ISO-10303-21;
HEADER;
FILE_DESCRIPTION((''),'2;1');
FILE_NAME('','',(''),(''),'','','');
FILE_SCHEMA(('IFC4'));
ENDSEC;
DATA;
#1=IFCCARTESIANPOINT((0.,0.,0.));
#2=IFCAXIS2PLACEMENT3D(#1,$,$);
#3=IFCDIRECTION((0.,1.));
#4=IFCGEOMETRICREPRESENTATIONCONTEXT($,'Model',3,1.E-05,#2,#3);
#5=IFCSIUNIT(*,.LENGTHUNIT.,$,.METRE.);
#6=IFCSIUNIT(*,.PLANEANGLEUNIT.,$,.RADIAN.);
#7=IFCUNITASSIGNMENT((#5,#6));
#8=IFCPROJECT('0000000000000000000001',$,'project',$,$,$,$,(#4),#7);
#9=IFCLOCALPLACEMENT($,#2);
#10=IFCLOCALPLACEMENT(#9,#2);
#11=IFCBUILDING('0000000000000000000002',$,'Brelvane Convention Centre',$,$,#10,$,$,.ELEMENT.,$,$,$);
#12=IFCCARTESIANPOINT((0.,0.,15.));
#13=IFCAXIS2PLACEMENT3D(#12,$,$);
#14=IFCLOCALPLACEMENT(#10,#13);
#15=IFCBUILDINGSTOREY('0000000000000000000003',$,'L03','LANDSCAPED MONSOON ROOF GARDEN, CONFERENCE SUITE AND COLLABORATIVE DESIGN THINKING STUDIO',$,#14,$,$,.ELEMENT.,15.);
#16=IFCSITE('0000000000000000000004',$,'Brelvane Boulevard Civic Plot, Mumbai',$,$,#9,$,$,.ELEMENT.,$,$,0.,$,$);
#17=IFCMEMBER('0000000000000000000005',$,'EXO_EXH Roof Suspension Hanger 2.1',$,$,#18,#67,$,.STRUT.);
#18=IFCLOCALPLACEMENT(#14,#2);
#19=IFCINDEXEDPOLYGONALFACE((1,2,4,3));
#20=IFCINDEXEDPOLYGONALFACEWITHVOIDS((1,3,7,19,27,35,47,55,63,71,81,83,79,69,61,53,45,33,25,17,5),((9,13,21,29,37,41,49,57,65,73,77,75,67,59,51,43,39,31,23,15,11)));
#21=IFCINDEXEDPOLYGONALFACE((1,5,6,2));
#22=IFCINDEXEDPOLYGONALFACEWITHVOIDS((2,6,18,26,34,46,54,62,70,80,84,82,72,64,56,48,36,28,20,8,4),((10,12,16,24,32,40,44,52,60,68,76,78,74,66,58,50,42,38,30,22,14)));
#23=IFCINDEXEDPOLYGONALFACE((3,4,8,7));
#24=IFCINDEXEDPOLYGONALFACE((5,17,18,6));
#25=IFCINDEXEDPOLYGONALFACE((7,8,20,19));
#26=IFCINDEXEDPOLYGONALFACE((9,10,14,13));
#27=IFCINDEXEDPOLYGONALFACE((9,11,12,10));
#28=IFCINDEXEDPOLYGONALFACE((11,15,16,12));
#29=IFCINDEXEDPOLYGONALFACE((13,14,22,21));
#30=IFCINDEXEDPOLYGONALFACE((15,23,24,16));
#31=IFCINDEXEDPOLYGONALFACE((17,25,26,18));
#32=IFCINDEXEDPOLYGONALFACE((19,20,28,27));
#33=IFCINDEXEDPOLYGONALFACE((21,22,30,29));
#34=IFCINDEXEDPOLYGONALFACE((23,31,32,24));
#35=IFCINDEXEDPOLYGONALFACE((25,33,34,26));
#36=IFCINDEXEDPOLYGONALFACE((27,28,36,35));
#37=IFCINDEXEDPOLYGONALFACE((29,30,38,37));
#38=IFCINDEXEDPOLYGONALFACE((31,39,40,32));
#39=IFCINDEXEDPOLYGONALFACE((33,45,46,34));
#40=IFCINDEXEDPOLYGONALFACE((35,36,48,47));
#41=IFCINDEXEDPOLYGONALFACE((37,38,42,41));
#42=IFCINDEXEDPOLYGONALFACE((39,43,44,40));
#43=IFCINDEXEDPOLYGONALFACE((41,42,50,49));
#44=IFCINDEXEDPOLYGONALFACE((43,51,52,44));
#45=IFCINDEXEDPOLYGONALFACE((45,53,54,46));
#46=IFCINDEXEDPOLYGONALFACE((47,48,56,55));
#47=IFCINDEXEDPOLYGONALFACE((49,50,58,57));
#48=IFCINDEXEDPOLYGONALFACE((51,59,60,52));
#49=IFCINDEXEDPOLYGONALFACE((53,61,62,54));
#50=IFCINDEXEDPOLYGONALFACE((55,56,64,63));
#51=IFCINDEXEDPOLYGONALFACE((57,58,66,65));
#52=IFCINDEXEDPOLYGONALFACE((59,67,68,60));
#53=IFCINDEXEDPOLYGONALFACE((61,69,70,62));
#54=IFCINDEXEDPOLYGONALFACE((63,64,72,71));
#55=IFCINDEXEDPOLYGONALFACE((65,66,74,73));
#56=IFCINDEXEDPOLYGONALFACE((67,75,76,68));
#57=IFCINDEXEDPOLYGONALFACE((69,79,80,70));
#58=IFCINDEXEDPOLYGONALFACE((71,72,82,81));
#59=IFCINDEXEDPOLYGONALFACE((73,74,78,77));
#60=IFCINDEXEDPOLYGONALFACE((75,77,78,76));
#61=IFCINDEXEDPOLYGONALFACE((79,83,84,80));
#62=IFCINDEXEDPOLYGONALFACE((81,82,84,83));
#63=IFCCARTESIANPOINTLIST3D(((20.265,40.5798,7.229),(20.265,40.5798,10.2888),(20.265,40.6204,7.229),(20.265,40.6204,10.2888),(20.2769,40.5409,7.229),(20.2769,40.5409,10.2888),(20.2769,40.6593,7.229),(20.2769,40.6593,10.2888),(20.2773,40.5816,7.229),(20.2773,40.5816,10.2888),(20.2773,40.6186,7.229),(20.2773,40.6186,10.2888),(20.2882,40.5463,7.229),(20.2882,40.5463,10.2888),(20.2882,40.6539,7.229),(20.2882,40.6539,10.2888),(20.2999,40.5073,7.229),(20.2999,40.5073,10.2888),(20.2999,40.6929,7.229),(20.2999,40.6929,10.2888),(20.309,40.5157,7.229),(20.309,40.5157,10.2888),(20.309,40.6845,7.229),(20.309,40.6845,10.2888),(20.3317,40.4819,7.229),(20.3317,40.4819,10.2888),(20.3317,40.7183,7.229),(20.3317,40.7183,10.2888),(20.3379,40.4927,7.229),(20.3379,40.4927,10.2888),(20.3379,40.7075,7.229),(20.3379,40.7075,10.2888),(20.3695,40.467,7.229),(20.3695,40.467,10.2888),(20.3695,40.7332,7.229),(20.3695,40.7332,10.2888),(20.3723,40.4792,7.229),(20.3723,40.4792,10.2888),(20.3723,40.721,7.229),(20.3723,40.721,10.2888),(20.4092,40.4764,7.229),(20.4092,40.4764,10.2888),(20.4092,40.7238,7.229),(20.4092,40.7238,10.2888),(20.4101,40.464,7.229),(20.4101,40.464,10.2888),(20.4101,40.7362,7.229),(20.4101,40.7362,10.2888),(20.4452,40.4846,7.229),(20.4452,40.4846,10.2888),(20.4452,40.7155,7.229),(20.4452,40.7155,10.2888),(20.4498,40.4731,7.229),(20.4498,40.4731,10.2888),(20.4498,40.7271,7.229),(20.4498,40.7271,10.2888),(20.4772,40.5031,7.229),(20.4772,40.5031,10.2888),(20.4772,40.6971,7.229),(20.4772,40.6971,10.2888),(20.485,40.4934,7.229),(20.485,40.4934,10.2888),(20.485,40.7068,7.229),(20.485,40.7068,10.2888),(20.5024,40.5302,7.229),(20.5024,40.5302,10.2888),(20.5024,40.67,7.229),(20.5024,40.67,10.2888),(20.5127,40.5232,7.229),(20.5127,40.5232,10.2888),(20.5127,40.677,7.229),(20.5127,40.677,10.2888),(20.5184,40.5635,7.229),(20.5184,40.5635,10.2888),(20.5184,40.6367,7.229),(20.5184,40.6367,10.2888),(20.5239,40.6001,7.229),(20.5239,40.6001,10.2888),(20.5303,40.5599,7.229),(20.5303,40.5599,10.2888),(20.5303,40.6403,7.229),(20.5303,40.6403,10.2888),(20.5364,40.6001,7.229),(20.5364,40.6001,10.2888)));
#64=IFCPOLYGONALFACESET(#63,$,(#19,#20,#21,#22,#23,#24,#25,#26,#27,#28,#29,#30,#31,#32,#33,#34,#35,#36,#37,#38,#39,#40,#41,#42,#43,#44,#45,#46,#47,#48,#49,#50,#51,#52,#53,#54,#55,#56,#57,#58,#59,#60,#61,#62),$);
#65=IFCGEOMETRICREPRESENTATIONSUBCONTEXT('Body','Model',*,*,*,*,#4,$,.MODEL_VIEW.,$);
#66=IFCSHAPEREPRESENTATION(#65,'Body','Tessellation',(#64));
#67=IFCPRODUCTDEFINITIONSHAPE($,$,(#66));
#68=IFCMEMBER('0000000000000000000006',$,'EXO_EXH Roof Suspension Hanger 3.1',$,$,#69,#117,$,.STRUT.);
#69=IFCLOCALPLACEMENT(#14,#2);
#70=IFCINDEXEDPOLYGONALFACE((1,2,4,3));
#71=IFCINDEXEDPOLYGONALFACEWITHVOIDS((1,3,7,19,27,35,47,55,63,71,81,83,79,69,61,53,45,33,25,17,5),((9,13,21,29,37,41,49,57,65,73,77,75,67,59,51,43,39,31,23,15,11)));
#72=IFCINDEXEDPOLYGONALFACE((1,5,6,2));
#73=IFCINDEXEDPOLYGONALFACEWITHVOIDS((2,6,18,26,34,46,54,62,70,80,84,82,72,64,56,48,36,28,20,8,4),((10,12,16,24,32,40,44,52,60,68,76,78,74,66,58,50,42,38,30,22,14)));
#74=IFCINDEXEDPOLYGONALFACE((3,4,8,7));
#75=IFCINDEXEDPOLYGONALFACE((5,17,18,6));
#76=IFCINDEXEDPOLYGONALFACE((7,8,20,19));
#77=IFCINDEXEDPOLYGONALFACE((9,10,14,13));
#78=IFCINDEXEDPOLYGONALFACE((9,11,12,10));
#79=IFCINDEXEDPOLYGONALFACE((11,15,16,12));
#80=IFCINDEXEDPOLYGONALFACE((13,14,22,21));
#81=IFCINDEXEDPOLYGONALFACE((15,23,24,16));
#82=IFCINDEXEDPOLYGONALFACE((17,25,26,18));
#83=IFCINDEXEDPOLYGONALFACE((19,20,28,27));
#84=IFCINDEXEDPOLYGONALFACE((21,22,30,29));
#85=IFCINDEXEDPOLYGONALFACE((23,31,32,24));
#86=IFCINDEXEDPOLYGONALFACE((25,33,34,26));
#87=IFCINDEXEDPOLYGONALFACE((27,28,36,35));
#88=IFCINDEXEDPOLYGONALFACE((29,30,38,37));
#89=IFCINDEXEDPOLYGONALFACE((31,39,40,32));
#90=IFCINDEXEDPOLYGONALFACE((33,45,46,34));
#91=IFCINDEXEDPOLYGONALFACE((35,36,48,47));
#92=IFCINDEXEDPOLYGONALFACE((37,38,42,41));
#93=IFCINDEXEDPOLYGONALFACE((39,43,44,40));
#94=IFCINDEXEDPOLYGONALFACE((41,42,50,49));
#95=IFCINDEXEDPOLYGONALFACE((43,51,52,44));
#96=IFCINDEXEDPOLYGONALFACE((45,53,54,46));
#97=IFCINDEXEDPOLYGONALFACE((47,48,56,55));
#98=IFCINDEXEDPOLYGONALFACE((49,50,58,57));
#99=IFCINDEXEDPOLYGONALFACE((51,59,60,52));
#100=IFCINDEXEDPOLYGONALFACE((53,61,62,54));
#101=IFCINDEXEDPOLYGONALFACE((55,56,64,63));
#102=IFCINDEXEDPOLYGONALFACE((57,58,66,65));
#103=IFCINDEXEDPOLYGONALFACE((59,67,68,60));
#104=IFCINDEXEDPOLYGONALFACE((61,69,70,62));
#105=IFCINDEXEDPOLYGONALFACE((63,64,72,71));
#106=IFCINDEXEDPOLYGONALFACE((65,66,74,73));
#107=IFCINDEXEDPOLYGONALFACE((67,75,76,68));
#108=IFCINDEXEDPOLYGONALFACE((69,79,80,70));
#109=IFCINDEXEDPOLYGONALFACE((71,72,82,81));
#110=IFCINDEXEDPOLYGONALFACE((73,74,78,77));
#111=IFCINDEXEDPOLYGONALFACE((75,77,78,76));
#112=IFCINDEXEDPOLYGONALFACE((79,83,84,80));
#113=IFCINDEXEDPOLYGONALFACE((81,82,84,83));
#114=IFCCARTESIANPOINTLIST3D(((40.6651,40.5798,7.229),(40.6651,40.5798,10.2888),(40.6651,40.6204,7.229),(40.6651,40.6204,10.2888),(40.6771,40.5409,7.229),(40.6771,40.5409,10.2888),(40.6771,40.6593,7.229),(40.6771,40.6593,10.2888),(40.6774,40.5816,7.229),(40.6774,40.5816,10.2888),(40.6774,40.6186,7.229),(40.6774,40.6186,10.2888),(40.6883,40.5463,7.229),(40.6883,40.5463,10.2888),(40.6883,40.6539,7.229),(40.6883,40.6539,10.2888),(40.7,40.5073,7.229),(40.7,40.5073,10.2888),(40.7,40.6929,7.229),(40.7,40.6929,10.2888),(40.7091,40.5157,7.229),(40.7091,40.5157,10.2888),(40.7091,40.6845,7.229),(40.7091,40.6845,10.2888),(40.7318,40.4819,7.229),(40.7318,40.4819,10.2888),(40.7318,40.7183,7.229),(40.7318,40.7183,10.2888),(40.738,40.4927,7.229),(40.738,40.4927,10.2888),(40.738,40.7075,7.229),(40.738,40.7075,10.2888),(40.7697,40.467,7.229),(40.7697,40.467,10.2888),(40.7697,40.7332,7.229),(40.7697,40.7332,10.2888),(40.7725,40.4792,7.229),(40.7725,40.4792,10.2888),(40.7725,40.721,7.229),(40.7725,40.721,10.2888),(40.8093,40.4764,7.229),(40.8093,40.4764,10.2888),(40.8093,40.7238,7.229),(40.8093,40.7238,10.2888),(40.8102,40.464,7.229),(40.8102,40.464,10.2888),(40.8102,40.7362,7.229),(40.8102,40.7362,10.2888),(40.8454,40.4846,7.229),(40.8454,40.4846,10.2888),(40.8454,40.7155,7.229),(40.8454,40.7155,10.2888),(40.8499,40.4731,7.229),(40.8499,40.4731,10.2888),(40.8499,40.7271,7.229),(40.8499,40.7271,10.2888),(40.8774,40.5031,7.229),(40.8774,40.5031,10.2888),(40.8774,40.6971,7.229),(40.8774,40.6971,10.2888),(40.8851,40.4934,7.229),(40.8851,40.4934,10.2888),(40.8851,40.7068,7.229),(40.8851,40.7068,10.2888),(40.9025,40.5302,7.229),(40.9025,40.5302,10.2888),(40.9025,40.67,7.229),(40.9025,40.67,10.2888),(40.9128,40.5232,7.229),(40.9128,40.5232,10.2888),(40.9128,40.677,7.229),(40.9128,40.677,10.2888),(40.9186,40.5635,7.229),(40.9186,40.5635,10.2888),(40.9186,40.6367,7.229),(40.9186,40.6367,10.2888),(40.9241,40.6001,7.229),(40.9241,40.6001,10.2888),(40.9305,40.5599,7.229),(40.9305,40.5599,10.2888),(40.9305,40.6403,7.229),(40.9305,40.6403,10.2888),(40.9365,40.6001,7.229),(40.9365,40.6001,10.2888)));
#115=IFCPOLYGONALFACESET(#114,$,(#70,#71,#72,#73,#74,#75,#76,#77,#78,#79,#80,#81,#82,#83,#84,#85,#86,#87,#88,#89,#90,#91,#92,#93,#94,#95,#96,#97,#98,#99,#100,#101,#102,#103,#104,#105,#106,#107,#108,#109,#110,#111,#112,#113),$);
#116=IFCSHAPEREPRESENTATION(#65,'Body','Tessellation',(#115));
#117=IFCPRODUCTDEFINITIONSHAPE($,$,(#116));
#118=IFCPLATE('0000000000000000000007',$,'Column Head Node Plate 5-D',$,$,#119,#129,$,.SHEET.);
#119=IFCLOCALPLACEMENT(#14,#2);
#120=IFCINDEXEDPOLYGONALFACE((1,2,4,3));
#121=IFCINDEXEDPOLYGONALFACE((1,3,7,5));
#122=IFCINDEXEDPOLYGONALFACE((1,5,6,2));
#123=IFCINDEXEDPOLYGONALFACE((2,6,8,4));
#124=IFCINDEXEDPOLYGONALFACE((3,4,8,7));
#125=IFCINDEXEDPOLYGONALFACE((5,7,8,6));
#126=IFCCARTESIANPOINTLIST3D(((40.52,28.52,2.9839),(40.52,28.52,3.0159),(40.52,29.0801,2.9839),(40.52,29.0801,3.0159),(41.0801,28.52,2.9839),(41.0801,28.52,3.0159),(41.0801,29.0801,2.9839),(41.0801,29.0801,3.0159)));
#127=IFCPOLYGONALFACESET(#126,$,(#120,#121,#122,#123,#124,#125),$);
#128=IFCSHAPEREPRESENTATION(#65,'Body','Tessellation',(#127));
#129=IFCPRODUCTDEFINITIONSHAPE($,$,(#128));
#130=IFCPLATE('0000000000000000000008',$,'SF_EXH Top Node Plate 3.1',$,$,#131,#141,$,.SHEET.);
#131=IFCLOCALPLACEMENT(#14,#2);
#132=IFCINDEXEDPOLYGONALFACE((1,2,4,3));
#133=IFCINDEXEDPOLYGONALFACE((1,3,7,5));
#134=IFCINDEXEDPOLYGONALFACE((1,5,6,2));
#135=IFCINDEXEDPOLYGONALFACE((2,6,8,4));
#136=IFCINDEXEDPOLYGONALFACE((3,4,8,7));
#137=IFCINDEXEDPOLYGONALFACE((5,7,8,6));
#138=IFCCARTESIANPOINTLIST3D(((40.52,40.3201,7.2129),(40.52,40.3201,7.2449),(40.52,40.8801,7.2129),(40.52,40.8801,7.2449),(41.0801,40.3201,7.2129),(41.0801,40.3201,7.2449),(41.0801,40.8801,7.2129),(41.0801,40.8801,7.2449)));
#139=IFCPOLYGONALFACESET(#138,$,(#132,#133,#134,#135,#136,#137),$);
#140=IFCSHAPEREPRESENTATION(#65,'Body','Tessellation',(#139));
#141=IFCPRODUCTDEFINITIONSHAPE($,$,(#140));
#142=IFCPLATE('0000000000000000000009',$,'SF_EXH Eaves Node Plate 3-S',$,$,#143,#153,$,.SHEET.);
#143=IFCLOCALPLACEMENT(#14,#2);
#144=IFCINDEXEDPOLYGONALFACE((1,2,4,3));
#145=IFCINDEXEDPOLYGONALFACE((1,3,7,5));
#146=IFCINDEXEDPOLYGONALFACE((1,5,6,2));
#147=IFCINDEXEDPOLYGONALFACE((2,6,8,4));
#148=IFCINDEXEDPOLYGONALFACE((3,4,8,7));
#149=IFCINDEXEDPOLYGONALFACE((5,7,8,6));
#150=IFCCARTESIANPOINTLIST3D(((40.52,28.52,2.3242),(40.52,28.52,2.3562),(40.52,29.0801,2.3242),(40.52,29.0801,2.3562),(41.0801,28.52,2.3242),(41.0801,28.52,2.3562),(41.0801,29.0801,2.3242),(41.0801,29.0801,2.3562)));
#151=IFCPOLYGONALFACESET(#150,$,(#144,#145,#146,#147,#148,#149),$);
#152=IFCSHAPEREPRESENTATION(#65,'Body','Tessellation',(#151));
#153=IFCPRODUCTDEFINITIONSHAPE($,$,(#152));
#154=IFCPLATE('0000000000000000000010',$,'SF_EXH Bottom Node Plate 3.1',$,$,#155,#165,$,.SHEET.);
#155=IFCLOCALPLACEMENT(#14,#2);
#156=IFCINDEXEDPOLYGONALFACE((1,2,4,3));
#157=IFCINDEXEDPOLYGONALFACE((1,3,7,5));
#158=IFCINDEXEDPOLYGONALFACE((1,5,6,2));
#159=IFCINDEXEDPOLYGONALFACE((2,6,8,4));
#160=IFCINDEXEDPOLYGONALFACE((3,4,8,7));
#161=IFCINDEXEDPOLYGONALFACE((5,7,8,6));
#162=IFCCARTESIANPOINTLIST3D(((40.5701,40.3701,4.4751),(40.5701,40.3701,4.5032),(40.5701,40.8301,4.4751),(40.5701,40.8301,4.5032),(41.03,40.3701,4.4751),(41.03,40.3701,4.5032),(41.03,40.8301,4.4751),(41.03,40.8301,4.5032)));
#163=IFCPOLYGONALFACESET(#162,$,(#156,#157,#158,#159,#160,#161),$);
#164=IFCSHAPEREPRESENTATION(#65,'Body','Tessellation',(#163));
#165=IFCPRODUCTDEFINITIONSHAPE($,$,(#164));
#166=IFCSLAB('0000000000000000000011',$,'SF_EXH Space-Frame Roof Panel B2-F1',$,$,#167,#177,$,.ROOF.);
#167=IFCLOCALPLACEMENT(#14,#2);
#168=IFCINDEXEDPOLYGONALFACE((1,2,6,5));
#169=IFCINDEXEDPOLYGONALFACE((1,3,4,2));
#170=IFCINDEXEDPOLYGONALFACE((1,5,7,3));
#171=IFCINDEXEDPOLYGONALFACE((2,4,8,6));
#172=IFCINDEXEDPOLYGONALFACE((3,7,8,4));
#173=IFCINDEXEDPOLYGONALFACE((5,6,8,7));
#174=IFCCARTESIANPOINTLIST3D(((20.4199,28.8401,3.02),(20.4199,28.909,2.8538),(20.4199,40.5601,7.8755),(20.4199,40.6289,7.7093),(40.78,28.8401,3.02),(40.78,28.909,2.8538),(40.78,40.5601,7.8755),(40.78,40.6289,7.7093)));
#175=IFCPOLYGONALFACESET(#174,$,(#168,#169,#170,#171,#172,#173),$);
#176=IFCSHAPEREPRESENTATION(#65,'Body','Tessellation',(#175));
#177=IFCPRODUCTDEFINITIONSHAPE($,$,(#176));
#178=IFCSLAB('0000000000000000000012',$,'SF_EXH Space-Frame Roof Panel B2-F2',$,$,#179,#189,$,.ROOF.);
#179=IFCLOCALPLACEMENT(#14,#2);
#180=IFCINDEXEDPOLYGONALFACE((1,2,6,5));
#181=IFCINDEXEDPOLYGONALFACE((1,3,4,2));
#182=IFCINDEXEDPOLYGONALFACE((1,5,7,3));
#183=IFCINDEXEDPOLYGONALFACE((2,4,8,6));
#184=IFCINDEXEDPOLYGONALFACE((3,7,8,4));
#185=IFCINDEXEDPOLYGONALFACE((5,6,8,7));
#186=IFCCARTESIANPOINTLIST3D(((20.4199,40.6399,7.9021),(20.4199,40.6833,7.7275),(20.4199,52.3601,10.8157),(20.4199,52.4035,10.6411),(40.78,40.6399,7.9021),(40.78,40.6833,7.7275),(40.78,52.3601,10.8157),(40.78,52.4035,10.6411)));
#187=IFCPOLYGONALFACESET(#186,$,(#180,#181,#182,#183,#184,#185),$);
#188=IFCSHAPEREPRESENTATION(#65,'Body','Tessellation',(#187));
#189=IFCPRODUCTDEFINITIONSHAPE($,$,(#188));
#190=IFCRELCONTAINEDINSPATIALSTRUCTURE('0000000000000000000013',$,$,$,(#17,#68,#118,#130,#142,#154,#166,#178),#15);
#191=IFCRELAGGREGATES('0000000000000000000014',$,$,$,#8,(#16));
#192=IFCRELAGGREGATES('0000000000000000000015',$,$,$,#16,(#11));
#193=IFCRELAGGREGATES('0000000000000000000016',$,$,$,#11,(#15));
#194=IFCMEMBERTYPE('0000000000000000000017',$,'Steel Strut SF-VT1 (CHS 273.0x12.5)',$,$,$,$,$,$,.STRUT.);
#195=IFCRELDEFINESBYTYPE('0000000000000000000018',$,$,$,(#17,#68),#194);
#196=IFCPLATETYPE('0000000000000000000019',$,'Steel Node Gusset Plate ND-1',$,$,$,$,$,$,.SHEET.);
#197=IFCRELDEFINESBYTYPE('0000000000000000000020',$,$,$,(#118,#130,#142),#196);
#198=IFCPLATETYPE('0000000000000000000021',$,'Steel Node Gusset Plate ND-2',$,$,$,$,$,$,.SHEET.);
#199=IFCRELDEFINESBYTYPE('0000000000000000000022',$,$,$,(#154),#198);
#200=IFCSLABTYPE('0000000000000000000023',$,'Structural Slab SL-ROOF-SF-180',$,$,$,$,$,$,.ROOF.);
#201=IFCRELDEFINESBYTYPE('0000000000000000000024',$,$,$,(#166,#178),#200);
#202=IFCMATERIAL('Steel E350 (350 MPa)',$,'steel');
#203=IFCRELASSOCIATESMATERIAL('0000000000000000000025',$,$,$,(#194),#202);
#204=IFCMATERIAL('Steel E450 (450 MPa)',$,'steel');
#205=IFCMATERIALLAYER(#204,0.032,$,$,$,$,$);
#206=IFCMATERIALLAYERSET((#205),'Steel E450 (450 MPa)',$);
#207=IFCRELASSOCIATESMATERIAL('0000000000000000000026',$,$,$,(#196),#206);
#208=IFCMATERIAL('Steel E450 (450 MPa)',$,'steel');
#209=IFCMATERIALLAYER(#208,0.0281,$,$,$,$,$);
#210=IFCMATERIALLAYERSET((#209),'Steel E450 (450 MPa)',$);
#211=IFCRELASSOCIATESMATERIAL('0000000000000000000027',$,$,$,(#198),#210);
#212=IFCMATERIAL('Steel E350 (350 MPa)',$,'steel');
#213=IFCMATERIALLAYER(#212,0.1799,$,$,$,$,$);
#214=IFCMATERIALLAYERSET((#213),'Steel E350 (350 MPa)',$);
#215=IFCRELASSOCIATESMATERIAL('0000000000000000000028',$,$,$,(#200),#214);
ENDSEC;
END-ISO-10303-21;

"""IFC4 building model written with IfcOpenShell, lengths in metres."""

from ifc_helpers import new_model, si_unit, direction, frame, origin, origin_2d, place, context, subcontext, project, spatial, polyline, rectangle, hollow_circle, outline, extrude, material, layer, layer_set, material_profile, profile_set, type_object, element, save


model = new_model("IFC4")

# Units and contexts
model_context = context("Model", 3, precision=1e-05, world=origin(), true_north=direction((0.0, 1.0)))
body_context = subcontext(model_context, "Body", "Model", "MODEL_VIEW")
ifc_project = project(units=[si_unit("LENGTHUNIT", "METRE"), si_unit("PLANEANGLEUNIT", "RADIAN")], contexts=[model_context])

# Site, building, storey
site_placement = place(None, origin())
site = spatial("IfcSite", under=ifc_project, at=site_placement, Name="Brelvane Boulevard Civic Plot, Mumbai", CompositionType="ELEMENT", RefElevation=0.0)
building_placement = place(site_placement, origin())
building = spatial("IfcBuilding", under=site, at=building_placement, Name="Brelvane Convention Centre", CompositionType="ELEMENT")
storey_placement = place(building_placement, frame((0.0, 0.0, 15.0)))
storey = spatial("IfcBuildingStorey", under=building, at=storey_placement, Name="L03", Description="LANDSCAPED MONSOON ROOF GARDEN, CONFERENCE SUITE AND COLLABORATIVE DESIGN THINKING STUDIO", CompositionType="ELEMENT", Elevation=15.0)

# Members
ifc_material_1 = material(Name="Steel E350 (350 MPa)", Category="steel")
ifc_material_profile_1 = material_profile(ifc_material_1, hollow_circle(Radius=0.1365, WallThickness=0.0125, at=origin_2d()), Name="CHS 273.0x12.5")
ifc_profile_set_1 = profile_set([ifc_material_profile_1], Name="Steel E350 (350 MPa)")
member_type_1 = type_object("IfcMemberType", Name="Steel Strut SF-VT1 (CHS 273.0x12.5)", PredefinedType="STRUT", material=ifc_profile_set_1)
for number, where, z_axis, x_axis, name in (
    (1, (20.3999, 40.6001, 7.229), (0.0, 0.0, 1.0), (1.0, 0.0, 0.0), "EXO_EXH Roof Suspension Hanger 2.1"),
    (2, (40.8, 40.6001, 7.229), (0.0, 0.0, 1.0), (1.0, 0.0, 0.0), "EXO_EXH Roof Suspension Hanger 3.1"),
):
    element("IfcMember", number, at=place(storey_placement, frame(where, z_axis=z_axis, x_axis=x_axis)), inside=storey, type_object=member_type_1, Name=name, PredefinedType="STRUT", context=body_context, shape_type="SweptSolid", body=[
        extrude(hollow_circle(Radius=0.1365, WallThickness=0.0125, at=origin_2d()), origin(), (0.0, 0.0, 1.0), 3.0598),
    ])

# Plates
ifc_material_2 = material(Name="Steel E450 (450 MPa)", Category="steel")
ifc_layer_1 = layer(ifc_material_2, 0.032)
ifc_layer_set_1 = layer_set([ifc_layer_1], Name="Steel E450 (450 MPa)")
plate_type_1 = type_object("IfcPlateType", Name="Steel Node Gusset Plate ND-1", PredefinedType="SHEET", material=ifc_layer_set_1)
for number, where, z_axis, x_axis, name in (
    (3, (40.8, 28.8, 2.9839), (0.0, 0.0, 1.0), (1.0, 0.0, 0.0), "Column Head Node Plate 5-D"),
    (4, (40.8, 40.6001, 7.2129), (0.0, 0.0, 1.0), (1.0, 0.0, 0.0), "SF_EXH Top Node Plate 3.1"),
    (5, (40.8, 28.8, 2.3242), (0.0, 0.0, 1.0), (1.0, 0.0, 0.0), "SF_EXH Eaves Node Plate 3-S"),
):
    element("IfcPlate", number, at=place(storey_placement, frame(where, z_axis=z_axis, x_axis=x_axis)), inside=storey, type_object=plate_type_1, Name=name, PredefinedType="SHEET", context=body_context, shape_type="SweptSolid", body=[
        extrude(rectangle(XDim=0.5601, YDim=0.5601, at=origin_2d()), origin(), (0.0, 0.0, 1.0), 0.032),
    ])
ifc_material_3 = material(Name="Steel E450 (450 MPa)", Category="steel")
ifc_layer_2 = layer(ifc_material_3, 0.0281)
ifc_layer_set_2 = layer_set([ifc_layer_2], Name="Steel E450 (450 MPa)")
plate_type_2 = type_object("IfcPlateType", Name="Steel Node Gusset Plate ND-2", PredefinedType="SHEET", material=ifc_layer_set_2)
plate_placement = place(storey_placement, frame((40.8, 40.6001, 4.4751), z_axis=(0.0, 0.0, 1.0), x_axis=(1.0, 0.0, 0.0)))
element("IfcPlate", 6, at=plate_placement, inside=storey, type_object=plate_type_2, Name="SF_EXH Bottom Node Plate 3.1", PredefinedType="SHEET", context=body_context, shape_type="SweptSolid", body=[
    extrude(rectangle(XDim=0.46, YDim=0.46, at=origin_2d()), origin(), (0.0, 0.0, 1.0), 0.0281),
])

# Slabs
ifc_material_4 = material(Name="Steel E350 (350 MPa)", Category="steel")
ifc_layer_3 = layer(ifc_material_4, 0.1799)
ifc_layer_set_3 = layer_set([ifc_layer_3], Name="Steel E350 (350 MPa)")
slab_type = type_object("IfcSlabType", Name="Structural Slab SL-ROOF-SF-180", PredefinedType="ROOF", material=ifc_layer_set_3)
slab_1_placement = place(storey_placement, frame((20.4199, 28.8401, 3.02), z_axis=(0.0, -0.382744, 0.923855), x_axis=(1.0, 0.0, 0.0)))
element("IfcSlab", 7, at=slab_1_placement, inside=storey, type_object=slab_type, Name="SF_EXH Space-Frame Roof Panel B2-F1", PredefinedType="ROOF", context=body_context, shape_type="SweptSolid", body=[
    extrude(outline(polyline([(0.0, 0.0), (20.3601, 0.0), (20.3601, 12.6859), (0.0, 12.6859), (0.0, 0.0)])), origin(), (0.0, 0.0, -1.0), 0.1799),
])
slab_2_placement = place(storey_placement, frame((20.4199, 40.6399, 7.9021), z_axis=(0.0, -0.241251, 0.970463), x_axis=(1.0, 0.0, 0.0)))
element("IfcSlab", 8, at=slab_2_placement, inside=storey, type_object=slab_type, Name="SF_EXH Space-Frame Roof Panel B2-F2", PredefinedType="ROOF", context=body_context, shape_type="SweptSolid", body=[
    extrude(outline(polyline([(0.0, 0.0), (20.3601, 0.0), (20.3601, 12.0769), (0.0, 12.0769), (0.0, 0.0)])), origin(), (0.0, 0.0, -1.0), 0.1799),
])

save(model, "model.ifc")
